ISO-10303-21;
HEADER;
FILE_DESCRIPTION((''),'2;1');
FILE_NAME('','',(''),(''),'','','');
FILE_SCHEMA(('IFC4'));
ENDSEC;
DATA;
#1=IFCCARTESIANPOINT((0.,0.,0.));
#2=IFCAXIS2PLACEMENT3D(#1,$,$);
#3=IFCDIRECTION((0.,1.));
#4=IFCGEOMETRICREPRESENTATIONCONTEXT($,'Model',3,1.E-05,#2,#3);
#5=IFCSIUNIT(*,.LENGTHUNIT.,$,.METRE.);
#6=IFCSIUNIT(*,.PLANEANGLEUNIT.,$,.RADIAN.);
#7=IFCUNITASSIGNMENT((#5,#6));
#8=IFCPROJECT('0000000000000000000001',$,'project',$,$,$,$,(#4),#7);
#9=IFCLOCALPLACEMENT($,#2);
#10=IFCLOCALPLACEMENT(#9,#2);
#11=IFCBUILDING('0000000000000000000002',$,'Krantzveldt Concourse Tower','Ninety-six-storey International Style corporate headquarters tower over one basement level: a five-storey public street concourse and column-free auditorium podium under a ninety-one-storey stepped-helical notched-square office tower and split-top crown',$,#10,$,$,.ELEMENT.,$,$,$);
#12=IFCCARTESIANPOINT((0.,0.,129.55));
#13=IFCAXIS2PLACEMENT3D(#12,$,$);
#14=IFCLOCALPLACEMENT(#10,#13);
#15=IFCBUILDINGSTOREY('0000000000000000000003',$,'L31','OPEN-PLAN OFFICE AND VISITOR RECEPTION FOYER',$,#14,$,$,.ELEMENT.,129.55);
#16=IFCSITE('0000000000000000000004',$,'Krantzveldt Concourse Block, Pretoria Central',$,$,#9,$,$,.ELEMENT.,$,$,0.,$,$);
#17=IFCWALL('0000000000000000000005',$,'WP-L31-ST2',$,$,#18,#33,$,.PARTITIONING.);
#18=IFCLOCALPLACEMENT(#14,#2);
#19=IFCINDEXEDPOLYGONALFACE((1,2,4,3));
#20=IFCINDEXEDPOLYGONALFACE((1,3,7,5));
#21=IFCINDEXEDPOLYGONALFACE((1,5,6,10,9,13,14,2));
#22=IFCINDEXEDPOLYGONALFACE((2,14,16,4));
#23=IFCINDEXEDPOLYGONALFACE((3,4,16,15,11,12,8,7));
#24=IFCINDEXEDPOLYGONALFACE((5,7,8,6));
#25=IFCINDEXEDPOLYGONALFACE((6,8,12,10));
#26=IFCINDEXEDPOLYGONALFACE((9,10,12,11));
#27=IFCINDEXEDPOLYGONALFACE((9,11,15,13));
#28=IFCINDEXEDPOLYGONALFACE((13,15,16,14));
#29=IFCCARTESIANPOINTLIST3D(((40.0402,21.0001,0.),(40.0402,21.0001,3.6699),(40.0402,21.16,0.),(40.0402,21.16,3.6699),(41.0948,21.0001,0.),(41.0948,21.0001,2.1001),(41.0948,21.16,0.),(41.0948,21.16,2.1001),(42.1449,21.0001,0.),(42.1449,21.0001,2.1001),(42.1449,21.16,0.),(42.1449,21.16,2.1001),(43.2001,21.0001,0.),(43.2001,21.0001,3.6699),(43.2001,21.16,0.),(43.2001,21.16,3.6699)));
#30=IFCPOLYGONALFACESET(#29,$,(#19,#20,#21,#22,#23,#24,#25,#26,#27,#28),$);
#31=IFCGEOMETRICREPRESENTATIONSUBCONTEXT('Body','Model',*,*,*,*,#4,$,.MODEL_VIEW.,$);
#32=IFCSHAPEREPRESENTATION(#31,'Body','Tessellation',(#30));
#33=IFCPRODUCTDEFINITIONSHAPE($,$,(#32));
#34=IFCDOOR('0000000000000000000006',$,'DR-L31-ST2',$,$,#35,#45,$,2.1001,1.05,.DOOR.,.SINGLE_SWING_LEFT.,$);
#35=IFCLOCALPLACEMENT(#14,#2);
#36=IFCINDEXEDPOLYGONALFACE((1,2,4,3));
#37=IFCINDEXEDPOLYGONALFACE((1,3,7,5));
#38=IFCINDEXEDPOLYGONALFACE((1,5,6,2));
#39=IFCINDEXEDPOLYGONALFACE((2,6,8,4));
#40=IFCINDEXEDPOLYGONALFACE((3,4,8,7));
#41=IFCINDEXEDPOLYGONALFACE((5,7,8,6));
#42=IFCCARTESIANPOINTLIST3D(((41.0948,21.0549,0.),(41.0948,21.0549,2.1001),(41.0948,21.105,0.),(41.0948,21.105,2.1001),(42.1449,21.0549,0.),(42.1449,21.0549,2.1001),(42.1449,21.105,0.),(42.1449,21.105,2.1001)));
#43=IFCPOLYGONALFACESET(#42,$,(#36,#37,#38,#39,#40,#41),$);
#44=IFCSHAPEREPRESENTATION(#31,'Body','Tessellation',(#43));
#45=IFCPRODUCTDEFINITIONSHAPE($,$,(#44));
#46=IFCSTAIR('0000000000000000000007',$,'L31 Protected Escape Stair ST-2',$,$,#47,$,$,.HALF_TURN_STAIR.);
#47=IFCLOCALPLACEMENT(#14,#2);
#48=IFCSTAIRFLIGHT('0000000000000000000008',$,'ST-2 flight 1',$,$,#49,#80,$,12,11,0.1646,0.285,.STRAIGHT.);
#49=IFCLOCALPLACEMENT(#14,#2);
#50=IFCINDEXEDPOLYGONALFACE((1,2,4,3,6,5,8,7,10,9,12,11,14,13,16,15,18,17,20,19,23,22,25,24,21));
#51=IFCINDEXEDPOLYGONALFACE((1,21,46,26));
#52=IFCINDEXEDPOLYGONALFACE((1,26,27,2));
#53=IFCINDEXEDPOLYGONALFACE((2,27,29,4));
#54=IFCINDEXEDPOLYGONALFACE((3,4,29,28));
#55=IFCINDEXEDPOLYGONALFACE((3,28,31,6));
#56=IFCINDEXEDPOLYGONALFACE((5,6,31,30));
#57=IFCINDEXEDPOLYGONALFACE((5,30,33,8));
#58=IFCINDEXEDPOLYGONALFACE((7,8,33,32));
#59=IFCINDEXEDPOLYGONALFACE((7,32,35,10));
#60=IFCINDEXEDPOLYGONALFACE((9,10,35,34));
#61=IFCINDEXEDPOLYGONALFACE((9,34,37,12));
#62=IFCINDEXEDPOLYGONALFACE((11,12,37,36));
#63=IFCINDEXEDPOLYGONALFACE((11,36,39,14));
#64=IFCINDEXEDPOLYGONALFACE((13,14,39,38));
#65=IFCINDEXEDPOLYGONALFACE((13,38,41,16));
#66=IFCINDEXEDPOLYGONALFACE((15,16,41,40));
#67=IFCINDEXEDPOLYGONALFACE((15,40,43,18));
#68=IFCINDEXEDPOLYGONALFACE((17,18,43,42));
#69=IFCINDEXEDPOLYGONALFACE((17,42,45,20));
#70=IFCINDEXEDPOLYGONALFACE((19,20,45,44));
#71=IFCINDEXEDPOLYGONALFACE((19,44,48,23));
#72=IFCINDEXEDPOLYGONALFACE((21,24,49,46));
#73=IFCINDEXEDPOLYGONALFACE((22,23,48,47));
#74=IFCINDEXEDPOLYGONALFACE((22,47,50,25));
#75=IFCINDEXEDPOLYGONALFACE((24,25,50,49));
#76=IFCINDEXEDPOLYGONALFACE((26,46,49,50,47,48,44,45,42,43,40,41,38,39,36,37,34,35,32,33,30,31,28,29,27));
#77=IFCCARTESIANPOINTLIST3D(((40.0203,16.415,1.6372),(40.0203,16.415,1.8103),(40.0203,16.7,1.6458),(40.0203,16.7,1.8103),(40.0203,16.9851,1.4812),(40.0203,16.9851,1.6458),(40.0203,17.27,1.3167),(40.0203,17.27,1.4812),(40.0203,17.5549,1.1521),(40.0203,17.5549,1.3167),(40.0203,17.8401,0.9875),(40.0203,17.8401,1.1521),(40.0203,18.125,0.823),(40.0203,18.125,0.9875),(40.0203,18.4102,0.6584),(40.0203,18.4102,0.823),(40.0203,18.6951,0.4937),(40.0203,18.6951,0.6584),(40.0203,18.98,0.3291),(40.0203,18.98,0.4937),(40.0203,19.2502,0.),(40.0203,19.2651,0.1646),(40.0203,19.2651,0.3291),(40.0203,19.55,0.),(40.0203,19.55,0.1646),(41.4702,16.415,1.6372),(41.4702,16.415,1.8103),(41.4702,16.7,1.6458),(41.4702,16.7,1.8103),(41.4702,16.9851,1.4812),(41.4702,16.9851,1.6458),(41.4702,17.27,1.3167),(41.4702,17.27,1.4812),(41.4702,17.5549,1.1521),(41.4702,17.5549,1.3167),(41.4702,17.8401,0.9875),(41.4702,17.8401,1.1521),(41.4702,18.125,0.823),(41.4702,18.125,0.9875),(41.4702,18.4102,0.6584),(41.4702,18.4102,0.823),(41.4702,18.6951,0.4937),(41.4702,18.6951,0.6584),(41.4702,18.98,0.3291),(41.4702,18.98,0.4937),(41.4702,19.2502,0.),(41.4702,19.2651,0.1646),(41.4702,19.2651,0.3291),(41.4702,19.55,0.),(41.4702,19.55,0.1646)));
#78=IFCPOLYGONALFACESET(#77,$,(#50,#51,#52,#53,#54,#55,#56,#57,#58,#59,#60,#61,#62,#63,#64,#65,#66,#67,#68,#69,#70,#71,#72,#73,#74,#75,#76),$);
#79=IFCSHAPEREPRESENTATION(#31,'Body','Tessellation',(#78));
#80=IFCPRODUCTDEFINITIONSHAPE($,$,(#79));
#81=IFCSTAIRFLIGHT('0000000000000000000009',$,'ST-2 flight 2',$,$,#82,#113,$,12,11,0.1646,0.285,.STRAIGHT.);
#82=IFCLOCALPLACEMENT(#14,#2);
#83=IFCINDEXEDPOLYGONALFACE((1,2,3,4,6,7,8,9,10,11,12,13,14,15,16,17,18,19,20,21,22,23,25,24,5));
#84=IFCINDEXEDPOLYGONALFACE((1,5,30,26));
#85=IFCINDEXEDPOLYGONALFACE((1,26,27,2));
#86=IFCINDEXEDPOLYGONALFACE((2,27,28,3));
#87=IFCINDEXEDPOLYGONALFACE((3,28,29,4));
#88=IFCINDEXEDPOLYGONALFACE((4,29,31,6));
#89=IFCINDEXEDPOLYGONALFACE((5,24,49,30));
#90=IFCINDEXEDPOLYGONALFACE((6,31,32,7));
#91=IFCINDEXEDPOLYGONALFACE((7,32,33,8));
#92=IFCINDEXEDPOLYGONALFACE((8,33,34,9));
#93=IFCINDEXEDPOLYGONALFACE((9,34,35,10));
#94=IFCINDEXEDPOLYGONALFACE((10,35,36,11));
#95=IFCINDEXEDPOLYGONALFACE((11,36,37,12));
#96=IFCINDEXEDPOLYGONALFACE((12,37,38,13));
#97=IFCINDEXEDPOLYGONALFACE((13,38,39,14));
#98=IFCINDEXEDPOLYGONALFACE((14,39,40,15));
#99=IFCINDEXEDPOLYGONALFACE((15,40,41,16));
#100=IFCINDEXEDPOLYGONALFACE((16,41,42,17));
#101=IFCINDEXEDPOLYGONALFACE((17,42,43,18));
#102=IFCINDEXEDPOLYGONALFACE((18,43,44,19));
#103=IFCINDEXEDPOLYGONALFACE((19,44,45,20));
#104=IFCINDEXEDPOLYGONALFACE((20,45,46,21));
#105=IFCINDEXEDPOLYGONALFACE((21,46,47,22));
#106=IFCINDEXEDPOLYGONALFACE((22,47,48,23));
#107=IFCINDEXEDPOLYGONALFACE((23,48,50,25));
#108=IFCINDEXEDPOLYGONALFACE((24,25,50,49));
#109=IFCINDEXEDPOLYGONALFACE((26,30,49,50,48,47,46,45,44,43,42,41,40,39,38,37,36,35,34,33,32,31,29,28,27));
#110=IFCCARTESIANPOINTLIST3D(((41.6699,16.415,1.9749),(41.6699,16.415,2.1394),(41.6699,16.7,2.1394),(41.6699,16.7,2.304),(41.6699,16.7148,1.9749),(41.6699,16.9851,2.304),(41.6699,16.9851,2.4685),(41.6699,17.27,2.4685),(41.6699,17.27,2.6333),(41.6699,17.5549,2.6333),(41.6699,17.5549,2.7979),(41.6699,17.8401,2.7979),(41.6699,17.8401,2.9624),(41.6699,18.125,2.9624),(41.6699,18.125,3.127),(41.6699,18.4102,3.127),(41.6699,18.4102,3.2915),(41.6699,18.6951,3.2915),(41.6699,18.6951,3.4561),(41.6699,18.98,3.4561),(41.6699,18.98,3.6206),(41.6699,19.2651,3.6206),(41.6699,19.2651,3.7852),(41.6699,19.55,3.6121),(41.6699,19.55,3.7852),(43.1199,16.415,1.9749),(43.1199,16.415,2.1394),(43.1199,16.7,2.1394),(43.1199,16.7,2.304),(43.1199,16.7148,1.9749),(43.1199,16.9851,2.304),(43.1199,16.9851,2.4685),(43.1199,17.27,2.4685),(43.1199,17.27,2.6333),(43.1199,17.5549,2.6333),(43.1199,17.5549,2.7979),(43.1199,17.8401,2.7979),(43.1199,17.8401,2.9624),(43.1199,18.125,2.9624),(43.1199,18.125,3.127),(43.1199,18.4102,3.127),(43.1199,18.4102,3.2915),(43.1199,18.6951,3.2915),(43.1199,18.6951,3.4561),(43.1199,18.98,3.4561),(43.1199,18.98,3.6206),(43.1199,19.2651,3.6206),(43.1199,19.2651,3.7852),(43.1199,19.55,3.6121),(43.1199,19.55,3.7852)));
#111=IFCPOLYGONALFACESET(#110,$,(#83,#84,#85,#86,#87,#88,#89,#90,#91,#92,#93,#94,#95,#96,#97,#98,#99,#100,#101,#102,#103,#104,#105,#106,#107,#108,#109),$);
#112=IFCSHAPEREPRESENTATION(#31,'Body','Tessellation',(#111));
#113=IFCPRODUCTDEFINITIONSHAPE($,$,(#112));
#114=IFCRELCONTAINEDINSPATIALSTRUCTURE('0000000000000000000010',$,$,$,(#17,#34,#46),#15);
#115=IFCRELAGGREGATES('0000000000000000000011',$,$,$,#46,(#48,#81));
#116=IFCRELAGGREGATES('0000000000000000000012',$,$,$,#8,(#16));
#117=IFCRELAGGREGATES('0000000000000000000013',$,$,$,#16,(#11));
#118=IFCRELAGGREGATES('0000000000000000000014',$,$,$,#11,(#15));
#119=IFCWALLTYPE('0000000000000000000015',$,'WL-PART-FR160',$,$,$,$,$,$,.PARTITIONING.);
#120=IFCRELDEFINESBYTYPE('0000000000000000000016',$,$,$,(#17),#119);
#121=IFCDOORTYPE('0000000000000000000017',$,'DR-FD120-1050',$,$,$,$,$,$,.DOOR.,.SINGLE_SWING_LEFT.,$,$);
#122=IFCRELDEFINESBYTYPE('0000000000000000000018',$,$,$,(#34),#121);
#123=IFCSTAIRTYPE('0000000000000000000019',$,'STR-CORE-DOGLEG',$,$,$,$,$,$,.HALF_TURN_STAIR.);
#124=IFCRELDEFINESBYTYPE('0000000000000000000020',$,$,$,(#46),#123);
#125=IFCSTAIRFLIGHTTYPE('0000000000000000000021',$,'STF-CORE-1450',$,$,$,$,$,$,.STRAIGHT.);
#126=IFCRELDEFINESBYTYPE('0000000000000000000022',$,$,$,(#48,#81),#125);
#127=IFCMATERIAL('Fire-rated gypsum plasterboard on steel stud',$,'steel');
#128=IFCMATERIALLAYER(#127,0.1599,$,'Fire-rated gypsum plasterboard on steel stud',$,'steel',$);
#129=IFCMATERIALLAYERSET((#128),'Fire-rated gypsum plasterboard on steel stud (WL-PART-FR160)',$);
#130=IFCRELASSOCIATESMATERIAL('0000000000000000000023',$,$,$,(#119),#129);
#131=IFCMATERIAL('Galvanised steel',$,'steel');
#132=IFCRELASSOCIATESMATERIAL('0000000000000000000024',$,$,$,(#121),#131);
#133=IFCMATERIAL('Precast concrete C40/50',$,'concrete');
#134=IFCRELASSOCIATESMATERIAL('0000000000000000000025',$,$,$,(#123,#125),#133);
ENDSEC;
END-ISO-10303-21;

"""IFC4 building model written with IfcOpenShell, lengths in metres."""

from ifc_helpers import new_model, si_unit, direction, frame, frame_2d, origin, place, context, subcontext, project, spatial, polyline, rectangle, outline, extrude, material, layer, layer_set, type_object, element, fill, aggregate, save


model = new_model("IFC4")

# Units and contexts
model_context = context("Model", 3, precision=1e-05, world=origin(), true_north=direction((0.0, 1.0)))
body_context = subcontext(model_context, "Body", "Model", "MODEL_VIEW")
ifc_project = project(units=[si_unit("LENGTHUNIT", "METRE"), si_unit("PLANEANGLEUNIT", "RADIAN")], contexts=[model_context])

# Site, building, storey
site_placement = place(None, origin())
site = spatial("IfcSite", under=ifc_project, at=site_placement, Name="Krantzveldt Concourse Block, Pretoria Central", CompositionType="ELEMENT", RefElevation=0.0)
building_placement = place(site_placement, origin())
building = spatial("IfcBuilding", under=site, at=building_placement, Name="Krantzveldt Concourse Tower", Description="Ninety-six-storey International Style corporate headquarters tower over one basement level: a five-storey public street concourse and column-free auditorium podium under a ninety-one-storey stepped-helical notched-square office tower and split-top crown", CompositionType="ELEMENT")
storey_placement = place(building_placement, frame((0.0, 0.0, 129.55)))
storey = spatial("IfcBuildingStorey", under=building, at=storey_placement, Name="L31", Description="OPEN-PLAN OFFICE AND VISITOR RECEPTION FOYER", CompositionType="ELEMENT", Elevation=129.55)

# Shared definitions
ifc_material_1 = material(Name="Fire-rated gypsum plasterboard on steel stud", Category="steel")

# Wall, opening, door
ifc_layer_1 = layer(ifc_material_1, 0.1599, Name="Fire-rated gypsum plasterboard on steel stud", Category="steel")
ifc_layer_set_1 = layer_set([ifc_layer_1], Name="Fire-rated gypsum plasterboard on steel stud (WL-PART-FR160)")
wall_type_1 = type_object("IfcWallType", Name="WL-PART-FR160", PredefinedType="PARTITIONING", material=ifc_layer_set_1)
wall_1_placement = place(storey_placement, frame((40.04, 21.0801, 0.0), z_axis=(0.0, 0.0, 1.0), x_axis=(1.0, 0.0, 0.0)))
wall_1 = element("IfcWall", 1, at=wall_1_placement, inside=storey, type_object=wall_type_1, Name="WP-L31-ST2", PredefinedType="PARTITIONING", context=body_context, shape_type="SweptSolid", body=[
    extrude(rectangle(XDim=3.1599, YDim=0.1599, at=frame_2d((1.5801, 0.0))), origin(), (0.0, 0.0, 1.0), 3.6699),
])
opening_1_placement = place(wall_1_placement, frame((1.0549, 0.0, 0.0)))
opening_1 = element("IfcOpeningElement", 2, at=opening_1_placement, cuts=wall_1, PredefinedType="OPENING", context=body_context, shape_type="SweptSolid", body=[
    extrude(rectangle(XDim=1.05, YDim=2.1001, at=frame_2d((0.5249, 1.05))), frame((0.0, 0.0898, 0.0), z_axis=(0.0, -1.0, 0.0), x_axis=(1.0, 0.0, 0.0)), (0.0, 0.0, 1.0), 0.1799),
])
ifc_material_2 = material(Name="Galvanised steel", Category="steel")
door_type_1 = type_object("IfcDoorType", Name="DR-FD120-1050", OperationType="SINGLE_SWING_LEFT", PredefinedType="DOOR", material=ifc_material_2)
door_1_placement = place(opening_1_placement, origin())
door_1 = element("IfcDoor", 3, at=door_1_placement, inside=storey, type_object=door_type_1, Name="DR-L31-ST2", OperationType="SINGLE_SWING_LEFT", OverallHeight=2.1001, OverallWidth=1.05, PredefinedType="DOOR", context=body_context, shape_type="SweptSolid", body=[
    extrude(rectangle(XDim=1.05, YDim=2.1001, at=frame_2d((0.5249, 1.05))), frame((0.0, 0.0249, 0.0), z_axis=(0.0, -1.0, 0.0), x_axis=(1.0, 0.0, 0.0)), (0.0, 0.0, 1.0), 0.05),
])
fill(opening_1, door_1)

# Stair, stair flights
ifc_material_3 = material(Name="Precast concrete C40/50", Category="concrete")
stair_type = type_object("IfcStairType", Name="STR-CORE-DOGLEG", PredefinedType="HALF_TURN_STAIR", material=ifc_material_3)
stair_placement = place(storey_placement, origin())
stair = element("IfcStair", 4, at=stair_placement, inside=storey, type_object=stair_type, Name="L31 Protected Escape Stair ST-2", PredefinedType="HALF_TURN_STAIR")
stair_flight_type = type_object("IfcStairFlightType", Name="STF-CORE-1450", PredefinedType="STRAIGHT", material=ifc_material_3)
stair_flight_1_placement = place(storey_placement, frame((40.7451, 19.55, 0.0), z_axis=(0.0, 0.0, 1.0), x_axis=(0.0, -1.0, 0.0)))
stair_flight_1 = element("IfcStairFlight", 5, at=stair_flight_1_placement, type_object=stair_flight_type, Name="ST-2 flight 1", NumberOfRisers=12, NumberOfTreads=11, PredefinedType="STRAIGHT", RiserHeight=0.1646, TreadLength=0.285, context=body_context, shape_type="SweptSolid", body=[
    extrude(outline(polyline([(0.0, 0.0), (0.0, 0.1646), (0.2849, 0.1646), (0.2849, 0.3291), (0.5701, 0.3291), (0.5701, 0.4937), (0.855, 0.4937), (0.855, 0.6584), (1.1399, 0.6584), (1.1399, 0.823), (1.425, 0.823), (1.425, 0.9875), (1.71, 0.9875), (1.71, 1.1521), (1.9951, 1.1521), (1.9951, 1.3167), (2.28, 1.3167), (2.28, 1.4812), (2.5649, 1.4812), (2.5649, 1.6458), (2.8501, 1.6458), (2.8501, 1.8103), (3.135, 1.8103), (3.135, 1.9751), (3.135, 1.6372), (0.2998, 0.0), (0.0, 0.0)])), frame((0.0, 0.7251, 0.0), z_axis=(0.0, -1.0, 0.0), x_axis=(1.0, 0.0, 0.0)), (0.0, 0.0, 1.0), 1.45),
])
stair_flight_2_placement = place(storey_placement, frame((42.395, 16.415, 1.9749), z_axis=(0.0, 0.0, 1.0), x_axis=(0.0, 1.0, 0.0)))
stair_flight_2 = element("IfcStairFlight", 6, at=stair_flight_2_placement, type_object=stair_flight_type, Name="ST-2 flight 2", NumberOfRisers=12, NumberOfTreads=11, PredefinedType="STRAIGHT", RiserHeight=0.1646, TreadLength=0.285, context=body_context, shape_type="SweptSolid", body=[
    extrude(outline(polyline([(0.0, 0.0), (0.0, 0.1646), (0.2849, 0.1646), (0.2849, 0.3291), (0.5701, 0.3291), (0.5701, 0.4937), (0.855, 0.4937), (0.855, 0.6584), (1.1399, 0.6584), (1.1399, 0.823), (1.425, 0.823), (1.425, 0.9875), (1.71, 0.9875), (1.71, 1.1521), (1.9951, 1.1521), (1.9951, 1.3167), (2.28, 1.3167), (2.28, 1.4812), (2.5649, 1.4812), (2.5649, 1.6458), (2.8501, 1.6458), (2.8501, 1.8103), (3.135, 1.8103), (3.135, 1.9751), (3.135, 1.6372), (0.2998, 0.0), (0.0, 0.0)])), frame((0.0, 0.7251, 0.0), z_axis=(0.0, -1.0, 0.0), x_axis=(1.0, 0.0, 0.0)), (0.0, 0.0, 1.0), 1.45),
])
aggregate(stair, [stair_flight_1, stair_flight_2])

save(model, "model.ifc")
